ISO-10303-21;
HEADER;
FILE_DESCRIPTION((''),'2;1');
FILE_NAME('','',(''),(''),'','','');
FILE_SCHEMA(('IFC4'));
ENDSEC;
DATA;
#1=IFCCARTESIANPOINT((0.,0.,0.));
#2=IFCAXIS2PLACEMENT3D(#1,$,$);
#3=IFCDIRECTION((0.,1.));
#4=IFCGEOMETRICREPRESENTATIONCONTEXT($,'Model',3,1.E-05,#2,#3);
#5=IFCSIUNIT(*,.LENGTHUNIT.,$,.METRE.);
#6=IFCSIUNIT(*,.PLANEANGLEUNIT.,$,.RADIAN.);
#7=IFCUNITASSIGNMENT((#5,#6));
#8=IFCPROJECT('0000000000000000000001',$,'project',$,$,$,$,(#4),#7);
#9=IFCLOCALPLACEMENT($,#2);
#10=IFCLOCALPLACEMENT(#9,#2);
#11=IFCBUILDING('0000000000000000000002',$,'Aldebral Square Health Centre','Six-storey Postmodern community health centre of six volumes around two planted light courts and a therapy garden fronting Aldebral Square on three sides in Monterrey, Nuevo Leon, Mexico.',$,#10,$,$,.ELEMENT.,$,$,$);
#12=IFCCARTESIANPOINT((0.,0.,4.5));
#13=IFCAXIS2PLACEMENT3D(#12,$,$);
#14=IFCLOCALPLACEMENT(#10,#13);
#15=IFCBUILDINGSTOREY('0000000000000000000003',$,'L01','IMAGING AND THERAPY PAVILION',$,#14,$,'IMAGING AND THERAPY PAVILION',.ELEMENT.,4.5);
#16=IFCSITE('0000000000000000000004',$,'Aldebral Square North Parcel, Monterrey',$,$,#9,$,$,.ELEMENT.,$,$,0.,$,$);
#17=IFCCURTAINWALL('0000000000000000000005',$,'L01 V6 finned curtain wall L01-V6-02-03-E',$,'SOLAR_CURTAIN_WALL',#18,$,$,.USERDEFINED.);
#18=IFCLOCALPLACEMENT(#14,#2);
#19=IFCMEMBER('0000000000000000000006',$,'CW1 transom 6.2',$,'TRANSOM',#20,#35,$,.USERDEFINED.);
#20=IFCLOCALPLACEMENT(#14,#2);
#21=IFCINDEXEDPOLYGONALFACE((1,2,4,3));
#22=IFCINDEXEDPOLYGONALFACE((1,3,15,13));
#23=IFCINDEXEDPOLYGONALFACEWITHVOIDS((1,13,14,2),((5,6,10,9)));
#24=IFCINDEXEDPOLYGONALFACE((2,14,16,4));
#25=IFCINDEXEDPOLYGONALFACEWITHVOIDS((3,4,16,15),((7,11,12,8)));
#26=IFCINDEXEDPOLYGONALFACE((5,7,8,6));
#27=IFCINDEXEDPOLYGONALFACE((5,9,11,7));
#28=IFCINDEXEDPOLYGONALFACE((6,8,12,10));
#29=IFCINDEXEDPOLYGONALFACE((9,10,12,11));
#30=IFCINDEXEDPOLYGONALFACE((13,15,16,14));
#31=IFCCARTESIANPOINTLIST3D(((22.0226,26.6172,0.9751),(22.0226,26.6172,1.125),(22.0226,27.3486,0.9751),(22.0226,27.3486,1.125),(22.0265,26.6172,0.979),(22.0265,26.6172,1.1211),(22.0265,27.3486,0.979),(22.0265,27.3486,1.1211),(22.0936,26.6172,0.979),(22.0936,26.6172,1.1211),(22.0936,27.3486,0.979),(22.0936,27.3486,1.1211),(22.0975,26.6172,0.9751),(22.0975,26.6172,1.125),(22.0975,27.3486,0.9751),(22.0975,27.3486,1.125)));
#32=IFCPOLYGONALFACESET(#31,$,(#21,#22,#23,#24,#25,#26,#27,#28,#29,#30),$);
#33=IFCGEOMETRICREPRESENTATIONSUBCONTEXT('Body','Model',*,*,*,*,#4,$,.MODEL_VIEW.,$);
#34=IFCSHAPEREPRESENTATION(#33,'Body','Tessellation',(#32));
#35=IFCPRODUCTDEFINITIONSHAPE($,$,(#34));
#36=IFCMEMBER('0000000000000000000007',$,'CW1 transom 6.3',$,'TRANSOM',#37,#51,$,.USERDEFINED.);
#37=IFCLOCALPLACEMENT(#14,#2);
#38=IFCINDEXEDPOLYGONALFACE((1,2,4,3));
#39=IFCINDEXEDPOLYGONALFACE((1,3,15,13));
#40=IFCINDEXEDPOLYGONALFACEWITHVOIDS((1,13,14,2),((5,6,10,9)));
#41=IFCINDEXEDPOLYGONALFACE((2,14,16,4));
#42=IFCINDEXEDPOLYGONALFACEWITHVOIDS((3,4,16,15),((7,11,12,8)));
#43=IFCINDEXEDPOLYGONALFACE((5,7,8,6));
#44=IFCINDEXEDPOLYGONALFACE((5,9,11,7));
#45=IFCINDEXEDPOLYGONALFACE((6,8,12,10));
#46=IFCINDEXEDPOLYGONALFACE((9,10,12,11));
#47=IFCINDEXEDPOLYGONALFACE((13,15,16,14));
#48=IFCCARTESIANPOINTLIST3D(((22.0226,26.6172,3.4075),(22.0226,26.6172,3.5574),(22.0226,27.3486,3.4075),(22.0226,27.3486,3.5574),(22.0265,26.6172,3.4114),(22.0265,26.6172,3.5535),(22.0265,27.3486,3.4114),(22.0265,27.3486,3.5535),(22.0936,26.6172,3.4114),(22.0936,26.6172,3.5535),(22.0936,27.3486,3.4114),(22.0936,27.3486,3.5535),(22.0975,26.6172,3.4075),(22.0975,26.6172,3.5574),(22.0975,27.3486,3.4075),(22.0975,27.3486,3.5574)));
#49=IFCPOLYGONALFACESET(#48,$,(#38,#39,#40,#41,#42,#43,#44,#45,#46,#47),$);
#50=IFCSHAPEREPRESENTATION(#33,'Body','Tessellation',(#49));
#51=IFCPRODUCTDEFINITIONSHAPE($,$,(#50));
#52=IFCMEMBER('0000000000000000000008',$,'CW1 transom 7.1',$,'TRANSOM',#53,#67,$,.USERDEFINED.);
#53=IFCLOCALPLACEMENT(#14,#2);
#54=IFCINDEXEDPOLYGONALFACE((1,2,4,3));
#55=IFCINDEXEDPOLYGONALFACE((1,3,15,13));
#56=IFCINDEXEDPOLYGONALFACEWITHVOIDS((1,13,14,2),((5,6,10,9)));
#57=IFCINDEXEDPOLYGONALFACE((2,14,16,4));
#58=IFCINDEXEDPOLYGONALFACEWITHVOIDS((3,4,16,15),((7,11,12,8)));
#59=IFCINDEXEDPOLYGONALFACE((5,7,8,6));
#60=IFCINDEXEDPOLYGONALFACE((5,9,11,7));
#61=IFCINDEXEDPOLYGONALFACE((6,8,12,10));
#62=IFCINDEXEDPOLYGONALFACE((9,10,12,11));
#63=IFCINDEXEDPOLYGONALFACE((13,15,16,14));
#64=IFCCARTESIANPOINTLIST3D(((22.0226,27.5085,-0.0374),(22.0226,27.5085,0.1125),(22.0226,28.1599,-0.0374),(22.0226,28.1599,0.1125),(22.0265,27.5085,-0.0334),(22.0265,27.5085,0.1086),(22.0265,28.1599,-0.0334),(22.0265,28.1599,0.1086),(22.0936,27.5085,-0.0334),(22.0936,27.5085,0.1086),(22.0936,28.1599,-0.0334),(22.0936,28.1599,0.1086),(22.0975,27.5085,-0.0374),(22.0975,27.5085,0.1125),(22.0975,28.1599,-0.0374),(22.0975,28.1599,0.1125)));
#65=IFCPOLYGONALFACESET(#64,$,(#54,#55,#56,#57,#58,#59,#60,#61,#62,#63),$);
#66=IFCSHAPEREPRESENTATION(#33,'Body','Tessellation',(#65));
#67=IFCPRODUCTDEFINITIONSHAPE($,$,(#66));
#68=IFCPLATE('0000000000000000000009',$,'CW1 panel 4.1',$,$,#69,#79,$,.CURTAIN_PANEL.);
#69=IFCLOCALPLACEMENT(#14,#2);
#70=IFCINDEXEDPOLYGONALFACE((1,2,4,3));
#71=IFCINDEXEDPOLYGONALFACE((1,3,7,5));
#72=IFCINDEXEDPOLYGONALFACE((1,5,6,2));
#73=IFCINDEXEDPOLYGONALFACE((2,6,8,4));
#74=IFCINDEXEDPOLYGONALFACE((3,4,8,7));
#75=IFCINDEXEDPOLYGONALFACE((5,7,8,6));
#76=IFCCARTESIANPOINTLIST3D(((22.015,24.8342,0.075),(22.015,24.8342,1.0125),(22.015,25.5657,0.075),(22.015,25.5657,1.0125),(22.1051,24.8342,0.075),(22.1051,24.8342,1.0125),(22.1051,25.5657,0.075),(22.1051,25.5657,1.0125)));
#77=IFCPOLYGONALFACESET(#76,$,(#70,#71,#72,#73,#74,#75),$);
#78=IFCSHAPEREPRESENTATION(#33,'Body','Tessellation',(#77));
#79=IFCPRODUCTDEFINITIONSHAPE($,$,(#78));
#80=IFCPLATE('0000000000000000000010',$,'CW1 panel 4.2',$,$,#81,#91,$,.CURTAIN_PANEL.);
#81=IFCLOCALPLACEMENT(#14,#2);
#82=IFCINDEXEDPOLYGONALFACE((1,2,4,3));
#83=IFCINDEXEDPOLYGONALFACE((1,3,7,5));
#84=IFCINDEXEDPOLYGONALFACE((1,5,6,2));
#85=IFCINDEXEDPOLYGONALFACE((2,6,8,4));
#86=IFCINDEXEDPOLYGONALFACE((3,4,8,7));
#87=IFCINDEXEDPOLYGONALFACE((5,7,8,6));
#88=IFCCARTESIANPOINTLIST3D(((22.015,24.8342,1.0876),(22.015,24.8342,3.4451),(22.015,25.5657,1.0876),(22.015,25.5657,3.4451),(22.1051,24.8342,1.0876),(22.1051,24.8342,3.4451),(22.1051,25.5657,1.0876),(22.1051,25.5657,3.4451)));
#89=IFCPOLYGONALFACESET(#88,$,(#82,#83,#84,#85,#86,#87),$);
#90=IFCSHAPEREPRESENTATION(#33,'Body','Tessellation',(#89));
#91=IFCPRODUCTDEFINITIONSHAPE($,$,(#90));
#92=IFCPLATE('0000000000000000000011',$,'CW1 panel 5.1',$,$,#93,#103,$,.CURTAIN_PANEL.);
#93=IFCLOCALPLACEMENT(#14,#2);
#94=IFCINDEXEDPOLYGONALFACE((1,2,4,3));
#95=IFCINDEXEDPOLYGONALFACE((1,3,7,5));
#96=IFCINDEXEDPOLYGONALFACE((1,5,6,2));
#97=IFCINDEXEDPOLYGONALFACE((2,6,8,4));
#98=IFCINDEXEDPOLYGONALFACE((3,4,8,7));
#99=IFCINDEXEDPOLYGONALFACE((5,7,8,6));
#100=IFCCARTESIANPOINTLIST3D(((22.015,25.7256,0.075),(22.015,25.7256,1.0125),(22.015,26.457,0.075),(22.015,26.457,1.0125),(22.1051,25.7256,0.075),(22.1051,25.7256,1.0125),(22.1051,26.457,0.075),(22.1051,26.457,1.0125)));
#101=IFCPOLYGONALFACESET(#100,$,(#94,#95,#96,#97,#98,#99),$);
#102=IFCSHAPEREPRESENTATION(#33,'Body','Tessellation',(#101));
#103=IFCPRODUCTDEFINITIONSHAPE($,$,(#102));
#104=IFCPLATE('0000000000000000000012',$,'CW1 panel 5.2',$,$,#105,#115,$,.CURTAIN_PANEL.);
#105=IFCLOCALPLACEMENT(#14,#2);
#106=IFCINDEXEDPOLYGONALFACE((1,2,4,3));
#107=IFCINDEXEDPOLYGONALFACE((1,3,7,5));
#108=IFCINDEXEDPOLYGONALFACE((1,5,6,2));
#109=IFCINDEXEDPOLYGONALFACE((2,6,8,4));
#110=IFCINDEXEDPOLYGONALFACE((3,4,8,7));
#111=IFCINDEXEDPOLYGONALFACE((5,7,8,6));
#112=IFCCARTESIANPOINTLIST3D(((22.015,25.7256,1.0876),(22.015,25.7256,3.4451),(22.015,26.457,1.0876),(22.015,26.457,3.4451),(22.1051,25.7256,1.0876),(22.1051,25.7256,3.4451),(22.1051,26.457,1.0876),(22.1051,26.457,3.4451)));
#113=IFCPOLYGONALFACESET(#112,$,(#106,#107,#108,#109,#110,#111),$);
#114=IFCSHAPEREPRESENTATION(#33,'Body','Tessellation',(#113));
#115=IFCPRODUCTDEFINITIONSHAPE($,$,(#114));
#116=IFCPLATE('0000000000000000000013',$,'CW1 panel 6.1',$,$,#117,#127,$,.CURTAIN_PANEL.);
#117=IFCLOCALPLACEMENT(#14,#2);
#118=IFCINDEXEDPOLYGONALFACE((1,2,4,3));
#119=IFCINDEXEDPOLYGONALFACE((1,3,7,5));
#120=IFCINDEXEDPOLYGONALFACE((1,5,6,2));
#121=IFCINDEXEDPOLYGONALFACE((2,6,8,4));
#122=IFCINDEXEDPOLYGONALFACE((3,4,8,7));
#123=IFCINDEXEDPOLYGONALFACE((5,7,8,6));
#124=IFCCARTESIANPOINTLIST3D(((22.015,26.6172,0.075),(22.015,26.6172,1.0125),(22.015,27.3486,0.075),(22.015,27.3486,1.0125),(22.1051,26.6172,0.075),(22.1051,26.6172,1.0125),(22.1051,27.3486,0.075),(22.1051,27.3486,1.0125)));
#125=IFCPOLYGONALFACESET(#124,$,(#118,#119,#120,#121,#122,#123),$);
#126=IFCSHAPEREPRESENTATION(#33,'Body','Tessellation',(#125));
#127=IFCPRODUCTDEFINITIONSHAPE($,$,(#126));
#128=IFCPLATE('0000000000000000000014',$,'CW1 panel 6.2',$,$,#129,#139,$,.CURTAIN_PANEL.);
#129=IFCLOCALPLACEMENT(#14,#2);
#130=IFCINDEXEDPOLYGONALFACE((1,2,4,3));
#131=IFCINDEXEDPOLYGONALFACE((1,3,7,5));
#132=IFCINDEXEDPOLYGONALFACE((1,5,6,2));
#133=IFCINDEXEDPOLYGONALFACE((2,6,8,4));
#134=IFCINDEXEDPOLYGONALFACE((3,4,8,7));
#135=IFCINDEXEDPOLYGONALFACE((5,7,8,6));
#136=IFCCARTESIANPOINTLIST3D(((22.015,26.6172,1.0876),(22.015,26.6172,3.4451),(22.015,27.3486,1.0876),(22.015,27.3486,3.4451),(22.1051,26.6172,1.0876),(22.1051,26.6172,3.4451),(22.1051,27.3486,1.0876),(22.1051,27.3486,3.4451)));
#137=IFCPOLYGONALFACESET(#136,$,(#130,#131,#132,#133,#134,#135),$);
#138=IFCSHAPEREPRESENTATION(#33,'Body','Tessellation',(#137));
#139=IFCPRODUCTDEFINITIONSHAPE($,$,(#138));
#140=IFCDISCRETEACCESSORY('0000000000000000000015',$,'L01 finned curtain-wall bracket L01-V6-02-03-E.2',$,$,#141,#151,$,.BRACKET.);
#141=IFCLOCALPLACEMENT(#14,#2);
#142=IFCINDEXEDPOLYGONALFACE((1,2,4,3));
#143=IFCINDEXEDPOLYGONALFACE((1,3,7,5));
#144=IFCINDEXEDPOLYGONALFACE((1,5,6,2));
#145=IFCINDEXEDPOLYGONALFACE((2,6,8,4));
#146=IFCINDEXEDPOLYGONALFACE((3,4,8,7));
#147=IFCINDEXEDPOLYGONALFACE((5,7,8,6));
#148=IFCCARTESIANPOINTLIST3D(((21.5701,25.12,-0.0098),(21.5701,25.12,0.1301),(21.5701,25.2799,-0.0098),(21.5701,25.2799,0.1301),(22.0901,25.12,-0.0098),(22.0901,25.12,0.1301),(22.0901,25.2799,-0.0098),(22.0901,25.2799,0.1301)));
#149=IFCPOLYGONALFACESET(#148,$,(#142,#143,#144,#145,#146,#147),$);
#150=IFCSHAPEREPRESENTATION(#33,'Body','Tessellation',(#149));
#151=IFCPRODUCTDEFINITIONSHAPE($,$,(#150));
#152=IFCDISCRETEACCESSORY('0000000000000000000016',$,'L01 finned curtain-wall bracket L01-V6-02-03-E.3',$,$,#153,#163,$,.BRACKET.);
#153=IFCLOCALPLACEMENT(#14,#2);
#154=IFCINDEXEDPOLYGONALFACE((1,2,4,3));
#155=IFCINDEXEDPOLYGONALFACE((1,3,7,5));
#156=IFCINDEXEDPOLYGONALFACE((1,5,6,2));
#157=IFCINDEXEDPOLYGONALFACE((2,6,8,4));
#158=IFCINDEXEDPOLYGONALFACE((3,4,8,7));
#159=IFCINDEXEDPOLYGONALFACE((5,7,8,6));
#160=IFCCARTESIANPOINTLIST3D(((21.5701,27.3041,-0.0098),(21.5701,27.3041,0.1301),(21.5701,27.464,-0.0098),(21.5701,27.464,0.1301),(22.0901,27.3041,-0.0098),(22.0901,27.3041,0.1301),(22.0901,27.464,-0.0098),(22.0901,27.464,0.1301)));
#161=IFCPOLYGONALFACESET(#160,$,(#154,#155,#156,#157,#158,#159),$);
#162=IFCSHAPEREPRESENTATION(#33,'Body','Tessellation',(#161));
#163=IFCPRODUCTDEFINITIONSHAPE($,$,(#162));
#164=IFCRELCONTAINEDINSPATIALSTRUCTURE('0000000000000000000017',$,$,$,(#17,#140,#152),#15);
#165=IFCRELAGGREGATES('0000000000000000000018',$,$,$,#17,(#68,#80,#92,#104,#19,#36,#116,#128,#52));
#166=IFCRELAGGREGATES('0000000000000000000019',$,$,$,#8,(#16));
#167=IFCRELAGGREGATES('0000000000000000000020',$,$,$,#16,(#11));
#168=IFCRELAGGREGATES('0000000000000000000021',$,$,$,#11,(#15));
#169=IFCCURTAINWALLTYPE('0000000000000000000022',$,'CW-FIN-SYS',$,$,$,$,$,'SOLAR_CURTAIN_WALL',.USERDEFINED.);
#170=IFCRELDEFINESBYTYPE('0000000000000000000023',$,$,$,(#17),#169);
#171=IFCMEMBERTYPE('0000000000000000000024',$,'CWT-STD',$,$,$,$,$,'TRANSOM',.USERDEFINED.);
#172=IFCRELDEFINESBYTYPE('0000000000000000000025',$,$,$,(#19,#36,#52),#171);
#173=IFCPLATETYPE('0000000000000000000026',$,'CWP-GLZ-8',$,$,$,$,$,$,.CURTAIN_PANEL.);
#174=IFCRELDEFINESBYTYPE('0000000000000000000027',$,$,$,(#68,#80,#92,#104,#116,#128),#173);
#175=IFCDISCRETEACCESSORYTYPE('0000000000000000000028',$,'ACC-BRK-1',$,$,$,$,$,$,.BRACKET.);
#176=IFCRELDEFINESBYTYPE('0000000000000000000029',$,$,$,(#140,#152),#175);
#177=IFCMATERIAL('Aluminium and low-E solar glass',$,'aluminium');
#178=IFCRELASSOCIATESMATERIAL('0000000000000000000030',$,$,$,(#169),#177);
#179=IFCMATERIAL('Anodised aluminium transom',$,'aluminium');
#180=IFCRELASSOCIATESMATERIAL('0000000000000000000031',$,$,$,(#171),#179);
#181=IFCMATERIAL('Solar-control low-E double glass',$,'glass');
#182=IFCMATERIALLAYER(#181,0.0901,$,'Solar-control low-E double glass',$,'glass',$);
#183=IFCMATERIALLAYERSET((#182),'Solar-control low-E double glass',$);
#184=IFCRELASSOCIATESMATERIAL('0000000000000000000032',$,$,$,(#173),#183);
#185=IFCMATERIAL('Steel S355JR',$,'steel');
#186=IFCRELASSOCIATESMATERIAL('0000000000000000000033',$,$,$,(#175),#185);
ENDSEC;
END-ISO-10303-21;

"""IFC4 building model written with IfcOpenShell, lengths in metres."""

from ifc_helpers import new_model, si_unit, direction, frame, origin, origin_2d, place, context, subcontext, project, spatial, rectangle, hollow_rectangle, extrude, material, layer, layer_set, material_profile, profile_set, type_object, element, aggregate, save


model = new_model("IFC4")

# Units and contexts
model_context = context("Model", 3, precision=1e-05, world=origin(), true_north=direction((0.0, 1.0)))
body_context = subcontext(model_context, "Body", "Model", "MODEL_VIEW")
ifc_project = project(units=[si_unit("LENGTHUNIT", "METRE"), si_unit("PLANEANGLEUNIT", "RADIAN")], contexts=[model_context])

# Site, building, storey
site_placement = place(None, origin())
site = spatial("IfcSite", under=ifc_project, at=site_placement, Name="Aldebral Square North Parcel, Monterrey", CompositionType="ELEMENT", RefElevation=0.0)
building_placement = place(site_placement, origin())
building = spatial("IfcBuilding", under=site, at=building_placement, Name="Aldebral Square Health Centre", Description="Six-storey Postmodern community health centre of six volumes around two planted light courts and a therapy garden fronting Aldebral Square on three sides in Monterrey, Nuevo Leon, Mexico.", CompositionType="ELEMENT")
storey_placement = place(building_placement, frame((0.0, 0.0, 4.5)))
storey = spatial("IfcBuildingStorey", under=building, at=storey_placement, Name="L01", Description="IMAGING AND THERAPY PAVILION", LongName="IMAGING AND THERAPY PAVILION", CompositionType="ELEMENT", Elevation=4.5)

# Curtain wall, members, plates
ifc_material_1 = material(Name="Aluminium and low-E solar glass", Category="aluminium")
curtain_wall_type = type_object("IfcCurtainWallType", Name="CW-FIN-SYS", ElementType="SOLAR_CURTAIN_WALL", PredefinedType="USERDEFINED", material=ifc_material_1)
curtain_wall_placement = place(storey_placement, origin())
curtain_wall = element("IfcCurtainWall", 1, at=curtain_wall_placement, inside=storey, type_object=curtain_wall_type, Name="L01 V6 finned curtain wall L01-V6-02-03-E", ObjectType="SOLAR_CURTAIN_WALL", PredefinedType="USERDEFINED")
ifc_material_2 = material(Name="Anodised aluminium transom", Category="aluminium")
ifc_material_profile_1 = material_profile(ifc_material_2, hollow_rectangle(XDim=0.075, YDim=0.1499, WallThickness=0.0039, at=origin_2d()), Name="CWT 75x150x4")
ifc_profile_set_1 = profile_set([ifc_material_profile_1], Name="Anodised aluminium transom")
member_type_1 = type_object("IfcMemberType", Name="CWT-STD", ElementType="TRANSOM", PredefinedType="USERDEFINED", material=ifc_profile_set_1)
member_1_placement = place(storey_placement, frame((22.0601, 26.6172, 1.05), z_axis=(0.0, 1.0, 0.0), x_axis=(-1.0, 0.0, 0.0)))
member_1 = element("IfcMember", 2, at=member_1_placement, type_object=member_type_1, Name="CW1 transom 6.2", ObjectType="TRANSOM", PredefinedType="USERDEFINED", context=body_context, shape_type="SweptSolid", body=[
    extrude(hollow_rectangle(XDim=0.075, YDim=0.1499, WallThickness=0.0039, at=origin_2d()), origin(), (0.0, 0.0, 1.0), 0.7314),
])
member_2_placement = place(storey_placement, frame((22.0601, 26.6172, 3.4824), z_axis=(0.0, 1.0, 0.0), x_axis=(-1.0, 0.0, 0.0)))
member_2 = element("IfcMember", 3, at=member_2_placement, type_object=member_type_1, Name="CW1 transom 6.3", ObjectType="TRANSOM", PredefinedType="USERDEFINED", context=body_context, shape_type="SweptSolid", body=[
    extrude(hollow_rectangle(XDim=0.075, YDim=0.1499, WallThickness=0.0039, at=origin_2d()), origin(), (0.0, 0.0, 1.0), 0.7314),
])
member_3_placement = place(storey_placement, frame((22.0601, 27.5085, 0.0376), z_axis=(0.0, 1.0, 0.0), x_axis=(-1.0, 0.0, 0.0)))
member_3 = element("IfcMember", 4, at=member_3_placement, type_object=member_type_1, Name="CW1 transom 7.1", ObjectType="TRANSOM", PredefinedType="USERDEFINED", context=body_context, shape_type="SweptSolid", body=[
    extrude(hollow_rectangle(XDim=0.075, YDim=0.1499, WallThickness=0.0039, at=origin_2d()), origin(), (0.0, 0.0, 1.0), 0.6514),
])
ifc_material_3 = material(Name="Solar-control low-E double glass", Category="glass")
ifc_layer = layer(ifc_material_3, 0.0901, Name="Solar-control low-E double glass", Category="glass")
ifc_layer_set = layer_set([ifc_layer], Name="Solar-control low-E double glass")
plate_type = type_object("IfcPlateType", Name="CWP-GLZ-8", PredefinedType="CURTAIN_PANEL", material=ifc_layer_set)
plate_1_placement = place(storey_placement, frame((22.0601, 25.2, 0.075), z_axis=(0.0, 0.0, 1.0), x_axis=(0.0, 1.0, 0.0)))
plate_1 = element("IfcPlate", 5, at=plate_1_placement, type_object=plate_type, Name="CW1 panel 4.1", PredefinedType="CURTAIN_PANEL", context=body_context, shape_type="SweptSolid", body=[
    extrude(rectangle(XDim=0.7314, YDim=0.0901, at=origin_2d()), origin(), (0.0, 0.0, 1.0), 0.9375),
])
plate_2_placement = place(storey_placement, frame((22.0601, 25.2, 1.0876), z_axis=(0.0, 0.0, 1.0), x_axis=(0.0, 1.0, 0.0)))
plate_2 = element("IfcPlate", 6, at=plate_2_placement, type_object=plate_type, Name="CW1 panel 4.2", PredefinedType="CURTAIN_PANEL", context=body_context, shape_type="SweptSolid", body=[
    extrude(rectangle(XDim=0.7314, YDim=0.0901, at=origin_2d()), origin(), (0.0, 0.0, 1.0), 2.3574),
])
plate_3_placement = place(storey_placement, frame((22.0601, 26.0913, 0.075), z_axis=(0.0, 0.0, 1.0), x_axis=(0.0, 1.0, 0.0)))
plate_3 = element("IfcPlate", 7, at=plate_3_placement, type_object=plate_type, Name="CW1 panel 5.1", PredefinedType="CURTAIN_PANEL", context=body_context, shape_type="SweptSolid", body=[
    extrude(rectangle(XDim=0.7314, YDim=0.0901, at=origin_2d()), origin(), (0.0, 0.0, 1.0), 0.9375),
])
plate_4_placement = place(storey_placement, frame((22.0601, 26.0913, 1.0876), z_axis=(0.0, 0.0, 1.0), x_axis=(0.0, 1.0, 0.0)))
plate_4 = element("IfcPlate", 8, at=plate_4_placement, type_object=plate_type, Name="CW1 panel 5.2", PredefinedType="CURTAIN_PANEL", context=body_context, shape_type="SweptSolid", body=[
    extrude(rectangle(XDim=0.7314, YDim=0.0901, at=origin_2d()), origin(), (0.0, 0.0, 1.0), 2.3574),
])
plate_5_placement = place(storey_placement, frame((22.0601, 26.9829, 0.075), z_axis=(0.0, 0.0, 1.0), x_axis=(0.0, 1.0, 0.0)))
plate_5 = element("IfcPlate", 9, at=plate_5_placement, type_object=plate_type, Name="CW1 panel 6.1", PredefinedType="CURTAIN_PANEL", context=body_context, shape_type="SweptSolid", body=[
    extrude(rectangle(XDim=0.7314, YDim=0.0901, at=origin_2d()), origin(), (0.0, 0.0, 1.0), 0.9375),
])
plate_6_placement = place(storey_placement, frame((22.0601, 26.9829, 1.0876), z_axis=(0.0, 0.0, 1.0), x_axis=(0.0, 1.0, 0.0)))
plate_6 = element("IfcPlate", 10, at=plate_6_placement, type_object=plate_type, Name="CW1 panel 6.2", PredefinedType="CURTAIN_PANEL", context=body_context, shape_type="SweptSolid", body=[
    extrude(rectangle(XDim=0.7314, YDim=0.0901, at=origin_2d()), origin(), (0.0, 0.0, 1.0), 2.3574),
])
aggregate(curtain_wall, [plate_1, plate_2, plate_3, plate_4, member_1, member_2, plate_5, plate_6, member_3])

# Discrete accessories
ifc_material_4 = material(Name="Steel S355JR", Category="steel")
discrete_accessory_type = type_object("IfcDiscreteAccessoryType", Name="ACC-BRK-1", PredefinedType="BRACKET", material=ifc_material_4)
for number, where, z_axis, x_axis, name in (
    (11, (21.8301, 25.2, -0.0098), (0.0, 0.0, 1.0), (0.0, 1.0, 0.0), "L01 finned curtain-wall bracket L01-V6-02-03-E.2"),
    (12, (21.8301, 27.384, -0.0098), (0.0, 0.0, 1.0), (0.0, 1.0, 0.0), "L01 finned curtain-wall bracket L01-V6-02-03-E.3"),
):
    element("IfcDiscreteAccessory", number, at=place(storey_placement, frame(where, z_axis=z_axis, x_axis=x_axis)), inside=storey, type_object=discrete_accessory_type, Name=name, PredefinedType="BRACKET", context=body_context, shape_type="SweptSolid", body=[
        extrude(rectangle(XDim=0.1599, YDim=0.52, at=origin_2d()), origin(), (0.0, 0.0, 1.0), 0.1399),
    ])

save(model, "model.ifc")
